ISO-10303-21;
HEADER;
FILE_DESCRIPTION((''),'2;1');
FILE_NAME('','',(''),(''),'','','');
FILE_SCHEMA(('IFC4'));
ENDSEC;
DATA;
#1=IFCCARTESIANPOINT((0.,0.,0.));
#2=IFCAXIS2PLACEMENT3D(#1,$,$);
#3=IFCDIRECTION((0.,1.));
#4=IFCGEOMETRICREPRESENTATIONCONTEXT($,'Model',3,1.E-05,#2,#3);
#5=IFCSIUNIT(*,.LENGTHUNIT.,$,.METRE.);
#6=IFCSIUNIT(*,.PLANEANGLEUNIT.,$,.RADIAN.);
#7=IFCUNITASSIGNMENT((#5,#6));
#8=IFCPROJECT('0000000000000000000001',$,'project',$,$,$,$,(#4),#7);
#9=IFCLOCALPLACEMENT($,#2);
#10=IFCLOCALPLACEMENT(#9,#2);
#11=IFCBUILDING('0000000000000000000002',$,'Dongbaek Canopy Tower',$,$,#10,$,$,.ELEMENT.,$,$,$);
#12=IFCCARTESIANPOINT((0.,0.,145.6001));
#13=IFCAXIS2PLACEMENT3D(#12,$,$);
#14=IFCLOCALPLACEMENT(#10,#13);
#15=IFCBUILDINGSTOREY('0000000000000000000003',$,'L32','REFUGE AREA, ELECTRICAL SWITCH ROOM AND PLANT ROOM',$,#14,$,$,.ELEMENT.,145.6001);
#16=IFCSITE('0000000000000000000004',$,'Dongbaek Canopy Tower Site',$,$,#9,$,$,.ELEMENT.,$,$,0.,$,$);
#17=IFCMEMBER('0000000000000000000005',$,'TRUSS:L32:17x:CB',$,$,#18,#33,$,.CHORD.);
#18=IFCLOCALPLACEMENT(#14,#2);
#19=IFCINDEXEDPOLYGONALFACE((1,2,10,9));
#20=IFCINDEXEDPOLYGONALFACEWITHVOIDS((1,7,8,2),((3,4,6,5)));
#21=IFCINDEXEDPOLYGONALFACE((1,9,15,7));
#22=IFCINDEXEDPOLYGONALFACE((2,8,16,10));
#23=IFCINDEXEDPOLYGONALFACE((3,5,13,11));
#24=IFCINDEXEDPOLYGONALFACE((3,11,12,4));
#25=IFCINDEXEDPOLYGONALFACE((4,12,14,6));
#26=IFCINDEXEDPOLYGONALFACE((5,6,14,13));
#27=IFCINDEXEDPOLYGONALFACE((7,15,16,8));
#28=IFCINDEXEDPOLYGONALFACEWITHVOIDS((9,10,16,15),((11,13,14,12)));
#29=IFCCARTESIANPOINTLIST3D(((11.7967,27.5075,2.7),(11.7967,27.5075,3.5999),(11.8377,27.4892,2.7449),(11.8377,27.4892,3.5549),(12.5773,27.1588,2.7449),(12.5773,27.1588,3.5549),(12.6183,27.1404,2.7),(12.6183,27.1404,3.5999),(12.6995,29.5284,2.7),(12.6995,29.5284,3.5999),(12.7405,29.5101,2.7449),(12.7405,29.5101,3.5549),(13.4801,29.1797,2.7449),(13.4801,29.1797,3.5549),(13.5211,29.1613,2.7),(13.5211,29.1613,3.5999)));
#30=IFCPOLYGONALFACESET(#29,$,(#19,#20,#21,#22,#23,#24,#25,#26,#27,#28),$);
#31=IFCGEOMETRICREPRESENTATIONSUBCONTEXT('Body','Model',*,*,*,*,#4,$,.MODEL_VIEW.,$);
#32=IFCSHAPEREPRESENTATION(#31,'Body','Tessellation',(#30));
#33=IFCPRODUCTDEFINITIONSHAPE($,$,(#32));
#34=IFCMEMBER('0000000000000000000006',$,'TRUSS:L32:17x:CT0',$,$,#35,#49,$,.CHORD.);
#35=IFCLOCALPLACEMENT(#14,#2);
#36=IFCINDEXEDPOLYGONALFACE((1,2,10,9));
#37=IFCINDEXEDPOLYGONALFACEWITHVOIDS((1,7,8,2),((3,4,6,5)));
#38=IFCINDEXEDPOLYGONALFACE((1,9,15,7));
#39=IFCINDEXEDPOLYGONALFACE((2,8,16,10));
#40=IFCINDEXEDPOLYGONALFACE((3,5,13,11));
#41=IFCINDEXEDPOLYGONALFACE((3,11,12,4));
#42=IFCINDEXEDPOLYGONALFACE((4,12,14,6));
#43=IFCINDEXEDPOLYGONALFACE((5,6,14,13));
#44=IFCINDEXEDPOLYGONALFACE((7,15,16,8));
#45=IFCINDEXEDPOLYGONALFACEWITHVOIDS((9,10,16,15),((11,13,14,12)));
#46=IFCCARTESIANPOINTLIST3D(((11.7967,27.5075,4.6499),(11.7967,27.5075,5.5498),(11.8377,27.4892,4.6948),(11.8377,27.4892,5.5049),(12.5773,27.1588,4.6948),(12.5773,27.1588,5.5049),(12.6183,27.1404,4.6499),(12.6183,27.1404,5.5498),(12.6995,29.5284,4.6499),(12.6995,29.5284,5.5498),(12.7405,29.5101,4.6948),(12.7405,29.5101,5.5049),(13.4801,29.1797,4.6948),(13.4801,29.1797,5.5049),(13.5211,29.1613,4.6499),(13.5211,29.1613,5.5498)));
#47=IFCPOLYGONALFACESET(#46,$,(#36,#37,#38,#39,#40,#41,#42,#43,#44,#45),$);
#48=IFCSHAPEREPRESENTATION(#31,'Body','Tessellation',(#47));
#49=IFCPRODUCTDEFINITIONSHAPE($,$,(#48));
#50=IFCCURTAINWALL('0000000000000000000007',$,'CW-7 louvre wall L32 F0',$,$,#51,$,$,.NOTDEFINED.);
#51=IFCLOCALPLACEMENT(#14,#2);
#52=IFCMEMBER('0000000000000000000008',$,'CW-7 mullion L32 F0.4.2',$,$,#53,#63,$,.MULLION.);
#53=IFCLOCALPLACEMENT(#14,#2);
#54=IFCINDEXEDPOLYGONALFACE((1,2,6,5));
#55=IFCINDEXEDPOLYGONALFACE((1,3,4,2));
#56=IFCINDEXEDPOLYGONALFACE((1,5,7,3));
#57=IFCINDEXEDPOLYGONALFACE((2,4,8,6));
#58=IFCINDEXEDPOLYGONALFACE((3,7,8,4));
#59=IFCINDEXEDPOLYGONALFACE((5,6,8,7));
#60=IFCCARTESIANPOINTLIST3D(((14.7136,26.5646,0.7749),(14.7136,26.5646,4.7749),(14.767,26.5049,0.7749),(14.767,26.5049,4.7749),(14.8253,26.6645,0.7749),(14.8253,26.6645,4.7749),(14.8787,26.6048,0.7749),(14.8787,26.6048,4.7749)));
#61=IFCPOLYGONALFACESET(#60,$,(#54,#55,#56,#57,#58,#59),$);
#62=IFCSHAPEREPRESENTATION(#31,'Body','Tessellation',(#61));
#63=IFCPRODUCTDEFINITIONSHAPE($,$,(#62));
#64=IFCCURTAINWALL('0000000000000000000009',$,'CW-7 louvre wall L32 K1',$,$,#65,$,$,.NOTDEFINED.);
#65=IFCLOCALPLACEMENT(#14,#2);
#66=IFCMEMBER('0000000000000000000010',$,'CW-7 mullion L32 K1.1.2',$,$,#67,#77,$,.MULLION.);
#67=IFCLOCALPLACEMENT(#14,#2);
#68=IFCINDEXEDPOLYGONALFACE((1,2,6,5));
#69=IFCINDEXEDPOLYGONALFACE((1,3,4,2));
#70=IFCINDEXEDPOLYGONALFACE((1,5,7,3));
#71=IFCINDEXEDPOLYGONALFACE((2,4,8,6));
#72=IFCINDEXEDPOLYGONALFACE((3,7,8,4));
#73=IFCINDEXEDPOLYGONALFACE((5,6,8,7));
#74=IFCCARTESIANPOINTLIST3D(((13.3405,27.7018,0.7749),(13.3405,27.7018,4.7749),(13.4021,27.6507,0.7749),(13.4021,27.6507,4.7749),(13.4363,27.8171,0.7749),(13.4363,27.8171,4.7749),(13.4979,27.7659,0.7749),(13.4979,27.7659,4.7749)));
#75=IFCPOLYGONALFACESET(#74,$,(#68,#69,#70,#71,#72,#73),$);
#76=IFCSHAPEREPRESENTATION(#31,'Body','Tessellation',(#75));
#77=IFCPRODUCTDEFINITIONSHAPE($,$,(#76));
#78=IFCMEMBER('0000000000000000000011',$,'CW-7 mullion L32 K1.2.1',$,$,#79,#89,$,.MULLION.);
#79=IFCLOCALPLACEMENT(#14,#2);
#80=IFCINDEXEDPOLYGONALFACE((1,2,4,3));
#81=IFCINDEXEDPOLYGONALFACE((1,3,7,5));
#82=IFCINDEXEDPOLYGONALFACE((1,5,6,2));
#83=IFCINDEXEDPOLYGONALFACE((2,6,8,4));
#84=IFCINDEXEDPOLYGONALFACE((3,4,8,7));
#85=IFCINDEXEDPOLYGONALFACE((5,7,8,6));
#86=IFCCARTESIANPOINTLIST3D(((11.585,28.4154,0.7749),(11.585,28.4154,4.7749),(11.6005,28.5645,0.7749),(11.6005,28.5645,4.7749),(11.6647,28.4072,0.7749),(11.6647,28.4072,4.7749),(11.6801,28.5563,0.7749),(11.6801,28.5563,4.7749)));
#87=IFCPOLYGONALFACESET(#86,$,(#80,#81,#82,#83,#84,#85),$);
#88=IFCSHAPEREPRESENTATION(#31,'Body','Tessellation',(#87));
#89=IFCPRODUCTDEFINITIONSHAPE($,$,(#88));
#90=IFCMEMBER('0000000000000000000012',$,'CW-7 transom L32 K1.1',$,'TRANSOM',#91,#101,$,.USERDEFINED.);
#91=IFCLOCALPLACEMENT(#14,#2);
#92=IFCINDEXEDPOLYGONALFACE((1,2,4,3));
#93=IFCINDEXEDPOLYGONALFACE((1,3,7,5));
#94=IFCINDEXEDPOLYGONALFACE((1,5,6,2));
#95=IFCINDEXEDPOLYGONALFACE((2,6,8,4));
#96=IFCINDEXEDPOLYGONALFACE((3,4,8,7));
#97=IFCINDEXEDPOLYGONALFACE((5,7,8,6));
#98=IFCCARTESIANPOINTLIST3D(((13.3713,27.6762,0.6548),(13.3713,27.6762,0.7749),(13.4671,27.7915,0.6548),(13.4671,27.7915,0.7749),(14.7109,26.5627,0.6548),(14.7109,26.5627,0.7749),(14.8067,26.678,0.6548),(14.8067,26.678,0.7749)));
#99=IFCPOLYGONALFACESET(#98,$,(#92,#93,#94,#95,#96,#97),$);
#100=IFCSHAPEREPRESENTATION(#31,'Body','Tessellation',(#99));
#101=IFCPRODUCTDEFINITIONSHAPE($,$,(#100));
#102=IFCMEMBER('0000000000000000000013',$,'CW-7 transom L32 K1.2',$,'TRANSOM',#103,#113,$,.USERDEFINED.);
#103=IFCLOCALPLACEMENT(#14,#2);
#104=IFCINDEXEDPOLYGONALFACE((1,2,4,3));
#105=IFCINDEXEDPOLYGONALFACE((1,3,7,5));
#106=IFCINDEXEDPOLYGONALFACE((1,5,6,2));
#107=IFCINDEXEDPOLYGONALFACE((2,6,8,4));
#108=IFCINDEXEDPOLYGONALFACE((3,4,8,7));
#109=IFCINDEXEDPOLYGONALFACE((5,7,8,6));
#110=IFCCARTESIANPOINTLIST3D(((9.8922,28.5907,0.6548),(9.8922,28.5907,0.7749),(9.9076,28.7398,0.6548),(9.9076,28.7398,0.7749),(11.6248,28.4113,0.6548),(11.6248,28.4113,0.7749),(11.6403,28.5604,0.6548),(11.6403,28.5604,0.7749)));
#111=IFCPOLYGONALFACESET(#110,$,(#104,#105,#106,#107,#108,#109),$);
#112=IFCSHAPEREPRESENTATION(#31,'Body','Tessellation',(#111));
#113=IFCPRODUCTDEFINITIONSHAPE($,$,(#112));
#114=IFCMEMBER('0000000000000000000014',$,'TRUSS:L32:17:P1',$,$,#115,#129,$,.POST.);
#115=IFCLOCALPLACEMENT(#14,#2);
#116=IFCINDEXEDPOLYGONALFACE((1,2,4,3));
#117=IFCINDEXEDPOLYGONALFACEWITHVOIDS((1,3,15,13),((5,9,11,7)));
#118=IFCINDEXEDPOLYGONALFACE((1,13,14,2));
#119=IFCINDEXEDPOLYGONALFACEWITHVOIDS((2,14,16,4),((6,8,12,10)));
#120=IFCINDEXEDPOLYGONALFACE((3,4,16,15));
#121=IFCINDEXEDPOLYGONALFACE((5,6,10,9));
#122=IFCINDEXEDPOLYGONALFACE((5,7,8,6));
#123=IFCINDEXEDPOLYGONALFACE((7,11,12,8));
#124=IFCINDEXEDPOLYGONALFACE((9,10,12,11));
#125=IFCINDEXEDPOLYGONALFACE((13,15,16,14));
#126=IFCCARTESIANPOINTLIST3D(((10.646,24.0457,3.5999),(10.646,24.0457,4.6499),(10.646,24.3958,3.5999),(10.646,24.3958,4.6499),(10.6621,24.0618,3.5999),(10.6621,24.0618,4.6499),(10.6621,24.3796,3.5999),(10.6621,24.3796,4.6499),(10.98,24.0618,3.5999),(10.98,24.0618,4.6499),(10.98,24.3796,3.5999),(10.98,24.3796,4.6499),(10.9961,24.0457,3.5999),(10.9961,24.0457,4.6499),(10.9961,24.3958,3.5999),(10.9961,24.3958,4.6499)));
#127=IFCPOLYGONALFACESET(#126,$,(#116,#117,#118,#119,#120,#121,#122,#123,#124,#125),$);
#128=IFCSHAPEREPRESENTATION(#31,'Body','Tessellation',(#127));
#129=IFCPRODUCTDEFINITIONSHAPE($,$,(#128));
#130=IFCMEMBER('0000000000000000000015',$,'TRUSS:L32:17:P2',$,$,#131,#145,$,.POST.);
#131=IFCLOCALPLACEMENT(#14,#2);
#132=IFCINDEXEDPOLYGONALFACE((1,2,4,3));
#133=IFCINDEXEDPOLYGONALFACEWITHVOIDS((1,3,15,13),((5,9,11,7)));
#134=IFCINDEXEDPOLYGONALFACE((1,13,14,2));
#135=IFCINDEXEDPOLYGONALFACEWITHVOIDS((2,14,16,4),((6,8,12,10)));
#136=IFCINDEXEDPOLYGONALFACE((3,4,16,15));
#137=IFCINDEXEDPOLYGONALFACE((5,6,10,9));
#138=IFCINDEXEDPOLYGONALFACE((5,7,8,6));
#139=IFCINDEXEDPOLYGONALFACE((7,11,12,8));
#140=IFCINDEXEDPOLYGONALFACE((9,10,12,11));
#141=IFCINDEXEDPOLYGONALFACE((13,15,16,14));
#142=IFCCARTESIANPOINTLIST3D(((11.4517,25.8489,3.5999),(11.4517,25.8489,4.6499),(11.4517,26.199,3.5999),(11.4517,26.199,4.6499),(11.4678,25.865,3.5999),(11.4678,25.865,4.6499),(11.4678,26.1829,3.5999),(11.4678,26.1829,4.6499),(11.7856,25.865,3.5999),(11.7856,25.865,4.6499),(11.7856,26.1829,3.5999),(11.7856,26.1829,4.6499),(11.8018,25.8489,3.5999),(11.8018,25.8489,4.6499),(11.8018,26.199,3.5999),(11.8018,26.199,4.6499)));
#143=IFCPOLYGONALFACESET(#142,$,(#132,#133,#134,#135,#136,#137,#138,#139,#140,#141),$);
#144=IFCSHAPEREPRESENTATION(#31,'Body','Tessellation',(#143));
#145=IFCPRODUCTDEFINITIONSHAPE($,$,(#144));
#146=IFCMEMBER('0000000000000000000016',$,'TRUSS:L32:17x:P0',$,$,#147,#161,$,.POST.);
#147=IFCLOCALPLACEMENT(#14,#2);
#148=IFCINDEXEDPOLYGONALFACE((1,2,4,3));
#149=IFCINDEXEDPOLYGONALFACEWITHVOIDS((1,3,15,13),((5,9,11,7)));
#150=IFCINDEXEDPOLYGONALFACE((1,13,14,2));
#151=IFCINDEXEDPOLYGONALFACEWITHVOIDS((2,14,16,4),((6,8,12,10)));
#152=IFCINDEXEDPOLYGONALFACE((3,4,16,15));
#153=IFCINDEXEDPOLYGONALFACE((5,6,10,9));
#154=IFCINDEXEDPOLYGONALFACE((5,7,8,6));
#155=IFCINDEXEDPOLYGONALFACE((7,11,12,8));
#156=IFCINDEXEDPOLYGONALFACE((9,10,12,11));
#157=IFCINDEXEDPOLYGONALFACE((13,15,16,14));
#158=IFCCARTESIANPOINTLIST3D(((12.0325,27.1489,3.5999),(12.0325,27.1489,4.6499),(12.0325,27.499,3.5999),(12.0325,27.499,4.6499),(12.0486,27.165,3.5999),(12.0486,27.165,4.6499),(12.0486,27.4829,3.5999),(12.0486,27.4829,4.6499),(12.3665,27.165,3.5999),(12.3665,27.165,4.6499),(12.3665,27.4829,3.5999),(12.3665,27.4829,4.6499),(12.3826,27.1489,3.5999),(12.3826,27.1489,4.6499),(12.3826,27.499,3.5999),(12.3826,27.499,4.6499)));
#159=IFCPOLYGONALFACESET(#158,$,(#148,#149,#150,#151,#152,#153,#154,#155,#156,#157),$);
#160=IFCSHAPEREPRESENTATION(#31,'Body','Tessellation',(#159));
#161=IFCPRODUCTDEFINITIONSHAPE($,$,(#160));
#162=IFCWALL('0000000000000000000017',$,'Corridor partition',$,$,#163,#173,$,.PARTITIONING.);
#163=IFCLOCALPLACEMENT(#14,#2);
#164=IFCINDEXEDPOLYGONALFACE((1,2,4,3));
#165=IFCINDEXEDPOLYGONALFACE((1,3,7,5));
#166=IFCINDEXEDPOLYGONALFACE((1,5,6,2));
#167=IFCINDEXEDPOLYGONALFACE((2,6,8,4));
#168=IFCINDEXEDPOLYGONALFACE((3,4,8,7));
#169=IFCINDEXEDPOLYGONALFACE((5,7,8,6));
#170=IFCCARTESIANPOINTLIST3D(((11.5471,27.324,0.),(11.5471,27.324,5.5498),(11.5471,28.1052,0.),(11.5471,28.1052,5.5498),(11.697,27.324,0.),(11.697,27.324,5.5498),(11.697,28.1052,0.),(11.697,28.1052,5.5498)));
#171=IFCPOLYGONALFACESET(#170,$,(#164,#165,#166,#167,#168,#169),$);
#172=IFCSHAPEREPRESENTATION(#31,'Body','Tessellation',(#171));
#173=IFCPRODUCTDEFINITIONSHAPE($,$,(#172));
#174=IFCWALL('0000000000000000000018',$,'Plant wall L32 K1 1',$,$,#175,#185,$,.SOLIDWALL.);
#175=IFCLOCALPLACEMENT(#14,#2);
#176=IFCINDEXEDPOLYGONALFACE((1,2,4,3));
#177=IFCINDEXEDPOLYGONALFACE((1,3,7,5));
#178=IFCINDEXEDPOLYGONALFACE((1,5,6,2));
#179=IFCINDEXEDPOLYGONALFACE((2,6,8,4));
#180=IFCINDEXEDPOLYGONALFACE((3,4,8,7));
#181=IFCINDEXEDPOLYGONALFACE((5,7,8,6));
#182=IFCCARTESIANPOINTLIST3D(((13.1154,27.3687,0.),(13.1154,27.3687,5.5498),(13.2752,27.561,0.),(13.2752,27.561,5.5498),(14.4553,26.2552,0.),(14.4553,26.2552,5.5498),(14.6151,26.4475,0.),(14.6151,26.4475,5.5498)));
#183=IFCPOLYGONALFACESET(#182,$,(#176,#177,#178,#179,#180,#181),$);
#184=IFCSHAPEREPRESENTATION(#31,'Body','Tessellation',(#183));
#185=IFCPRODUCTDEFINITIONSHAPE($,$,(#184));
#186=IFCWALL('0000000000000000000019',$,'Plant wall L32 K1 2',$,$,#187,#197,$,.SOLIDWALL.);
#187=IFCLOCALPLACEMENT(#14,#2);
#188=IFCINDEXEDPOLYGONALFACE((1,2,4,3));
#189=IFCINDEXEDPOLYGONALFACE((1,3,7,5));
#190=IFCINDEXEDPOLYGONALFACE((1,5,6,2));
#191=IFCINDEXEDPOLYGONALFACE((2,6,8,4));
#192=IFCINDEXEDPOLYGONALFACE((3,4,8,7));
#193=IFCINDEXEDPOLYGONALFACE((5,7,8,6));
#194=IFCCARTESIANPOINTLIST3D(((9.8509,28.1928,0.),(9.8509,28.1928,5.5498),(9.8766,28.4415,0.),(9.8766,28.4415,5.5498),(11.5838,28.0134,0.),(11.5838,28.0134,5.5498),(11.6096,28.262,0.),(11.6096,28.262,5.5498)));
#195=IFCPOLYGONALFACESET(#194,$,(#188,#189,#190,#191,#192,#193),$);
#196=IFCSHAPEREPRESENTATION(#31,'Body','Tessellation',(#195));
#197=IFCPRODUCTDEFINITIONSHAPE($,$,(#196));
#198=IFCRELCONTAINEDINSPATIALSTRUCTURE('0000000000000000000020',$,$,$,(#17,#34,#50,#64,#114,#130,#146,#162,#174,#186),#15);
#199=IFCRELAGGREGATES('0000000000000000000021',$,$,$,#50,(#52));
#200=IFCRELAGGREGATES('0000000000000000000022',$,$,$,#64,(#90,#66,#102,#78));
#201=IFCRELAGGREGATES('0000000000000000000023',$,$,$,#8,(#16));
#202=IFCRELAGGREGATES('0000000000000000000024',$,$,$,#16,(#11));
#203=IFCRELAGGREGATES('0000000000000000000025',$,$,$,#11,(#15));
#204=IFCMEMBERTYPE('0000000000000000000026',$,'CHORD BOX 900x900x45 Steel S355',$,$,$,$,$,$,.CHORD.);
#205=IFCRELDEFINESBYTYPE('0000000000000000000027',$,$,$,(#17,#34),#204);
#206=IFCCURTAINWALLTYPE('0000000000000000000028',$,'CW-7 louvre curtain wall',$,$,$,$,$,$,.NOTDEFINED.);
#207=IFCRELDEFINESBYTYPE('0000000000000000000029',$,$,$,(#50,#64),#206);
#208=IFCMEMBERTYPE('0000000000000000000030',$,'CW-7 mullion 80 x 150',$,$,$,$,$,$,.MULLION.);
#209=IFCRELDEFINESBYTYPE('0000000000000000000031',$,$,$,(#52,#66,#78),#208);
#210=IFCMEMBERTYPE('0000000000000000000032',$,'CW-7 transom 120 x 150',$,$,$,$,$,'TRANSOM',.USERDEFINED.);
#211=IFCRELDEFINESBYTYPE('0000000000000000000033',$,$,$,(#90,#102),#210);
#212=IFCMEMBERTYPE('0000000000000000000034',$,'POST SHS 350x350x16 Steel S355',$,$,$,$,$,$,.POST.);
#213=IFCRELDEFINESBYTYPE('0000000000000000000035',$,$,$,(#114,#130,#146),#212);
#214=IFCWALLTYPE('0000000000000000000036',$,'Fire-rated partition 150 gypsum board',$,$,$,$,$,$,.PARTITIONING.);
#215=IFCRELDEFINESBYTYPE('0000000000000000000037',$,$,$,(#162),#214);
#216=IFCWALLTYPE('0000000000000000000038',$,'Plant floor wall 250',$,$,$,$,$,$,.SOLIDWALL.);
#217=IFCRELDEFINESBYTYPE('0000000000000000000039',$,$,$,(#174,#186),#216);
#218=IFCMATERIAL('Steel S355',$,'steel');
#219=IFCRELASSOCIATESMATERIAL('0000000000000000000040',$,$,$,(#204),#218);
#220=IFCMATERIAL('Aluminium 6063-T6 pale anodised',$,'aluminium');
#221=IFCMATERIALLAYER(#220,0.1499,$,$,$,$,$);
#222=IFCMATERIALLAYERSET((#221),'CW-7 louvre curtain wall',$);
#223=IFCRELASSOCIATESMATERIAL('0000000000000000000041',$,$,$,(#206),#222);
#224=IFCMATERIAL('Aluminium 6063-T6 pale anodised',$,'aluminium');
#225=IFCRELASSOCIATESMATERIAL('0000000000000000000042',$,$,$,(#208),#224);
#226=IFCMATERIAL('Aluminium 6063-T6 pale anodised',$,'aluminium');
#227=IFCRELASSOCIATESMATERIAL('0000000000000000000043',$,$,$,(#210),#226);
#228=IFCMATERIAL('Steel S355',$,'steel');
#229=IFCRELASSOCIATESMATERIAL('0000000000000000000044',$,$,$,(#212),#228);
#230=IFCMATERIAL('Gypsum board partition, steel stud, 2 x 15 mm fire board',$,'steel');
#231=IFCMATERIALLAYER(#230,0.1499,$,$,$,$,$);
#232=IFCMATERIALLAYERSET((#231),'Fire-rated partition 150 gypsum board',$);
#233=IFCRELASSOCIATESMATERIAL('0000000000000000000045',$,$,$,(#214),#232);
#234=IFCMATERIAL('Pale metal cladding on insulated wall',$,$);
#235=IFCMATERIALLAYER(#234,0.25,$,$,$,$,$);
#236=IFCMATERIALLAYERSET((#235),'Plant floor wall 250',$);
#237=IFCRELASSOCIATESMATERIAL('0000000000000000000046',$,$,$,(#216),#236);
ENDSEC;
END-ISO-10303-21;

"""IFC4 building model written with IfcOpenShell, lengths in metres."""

from ifc_helpers import new_model, si_unit, direction, frame, frame_2d, origin, origin_2d, place, context, subcontext, project, spatial, rectangle, hollow_rectangle, extrude, material, layer, layer_set, material_profile, profile_set, type_object, element, aggregate, save


model = new_model("IFC4")

# Units and contexts
model_context = context("Model", 3, precision=1e-05, world=origin(), true_north=direction((0.0, 1.0)))
body_context = subcontext(model_context, "Body", "Model", "MODEL_VIEW")
ifc_project = project(units=[si_unit("LENGTHUNIT", "METRE"), si_unit("PLANEANGLEUNIT", "RADIAN")], contexts=[model_context])

# Site, building, storey
site_placement = place(None, origin())
site = spatial("IfcSite", under=ifc_project, at=site_placement, Name="Dongbaek Canopy Tower Site", CompositionType="ELEMENT", RefElevation=0.0)
building_placement = place(site_placement, origin())
building = spatial("IfcBuilding", under=site, at=building_placement, Name="Dongbaek Canopy Tower", CompositionType="ELEMENT")
storey_placement = place(building_placement, frame((0.0, 0.0, 145.6001)))
storey = spatial("IfcBuildingStorey", under=building, at=storey_placement, Name="L32", Description="REFUGE AREA, ELECTRICAL SWITCH ROOM AND PLANT ROOM", CompositionType="ELEMENT", Elevation=145.6001)

# Members
ifc_material_1 = material(Name="Steel S355", Category="steel")
ifc_material_profile_1 = material_profile(ifc_material_1, hollow_rectangle(XDim=0.8999, YDim=0.8999, WallThickness=0.0449, at=origin_2d()), Name="CHORD BOX 900x900x45 Steel S355")
ifc_profile_set_1 = profile_set([ifc_material_profile_1], Name="Steel S355")
member_type_1 = type_object("IfcMemberType", Name="CHORD BOX 900x900x45 Steel S355", PredefinedType="CHORD", material=ifc_profile_set_1)
for number, where, z_axis, x_axis, name in (
    (1, (12.2075, 27.324, 3.1499), (0.407877, 0.913037, 0.0), (-0.913037, 0.407877, 0.0), "TRUSS:L32:17x:CB"),
    (2, (12.2075, 27.324, 5.0999), (0.407877, 0.913037, 0.0), (-0.913037, 0.407877, 0.0), "TRUSS:L32:17x:CT0"),
):
    element("IfcMember", number, at=place(storey_placement, frame(where, z_axis=z_axis, x_axis=x_axis)), inside=storey, type_object=member_type_1, Name=name, PredefinedType="CHORD", context=body_context, shape_type="SweptSolid", body=[
        extrude(hollow_rectangle(XDim=0.8999, YDim=0.8999, WallThickness=0.0449, at=origin_2d()), origin(), (0.0, 0.0, 1.0), 2.2134),
    ])

# Curtain wall, member
ifc_material_2 = material(Name="Aluminium 6063-T6 pale anodised", Category="aluminium")
ifc_layer_1 = layer(ifc_material_2, 0.1499)
ifc_layer_set_1 = layer_set([ifc_layer_1], Name="CW-7 louvre curtain wall")
curtain_wall_type = type_object("IfcCurtainWallType", Name="CW-7 louvre curtain wall", PredefinedType="NOTDEFINED", material=ifc_layer_set_1)
curtain_wall_1_placement = place(storey_placement, origin())
curtain_wall_1 = element("IfcCurtainWall", 3, at=curtain_wall_1_placement, inside=storey, type_object=curtain_wall_type, Name="CW-7 louvre wall L32 F0", PredefinedType="NOTDEFINED")
ifc_material_3 = material(Name="Aluminium 6063-T6 pale anodised", Category="aluminium")
ifc_material_profile_2 = material_profile(ifc_material_3, rectangle(XDim=0.1499, YDim=0.0801, at=origin_2d()), Name="CW-7 mullion 80 x 150")
ifc_profile_set_2 = profile_set([ifc_material_profile_2], Name="Aluminium 6063-T6 pale anodised")
member_type_2 = type_object("IfcMemberType", Name="CW-7 mullion 80 x 150", PredefinedType="MULLION", material=ifc_profile_set_2)
member_1_placement = place(storey_placement, frame((14.7961, 26.5847, 0.7749), z_axis=(0.0, 0.0, 1.0), x_axis=(0.745312, 0.666716, 0.0)))
member_1 = element("IfcMember", 4, at=member_1_placement, type_object=member_type_2, Name="CW-7 mullion L32 F0.4.2", PredefinedType="MULLION", context=body_context, shape_type="SweptSolid", body=[
    extrude(rectangle(XDim=0.1499, YDim=0.0801, at=origin_2d()), origin(), (0.0, 0.0, 1.0), 4.0),
])

# Curtain wall, members
curtain_wall_2_placement = place(storey_placement, origin())
curtain_wall_2 = element("IfcCurtainWall", 5, at=curtain_wall_2_placement, inside=storey, type_object=curtain_wall_type, Name="CW-7 louvre wall L32 K1", PredefinedType="NOTDEFINED")
member_2_placement = place(storey_placement, frame((13.4192, 27.7339, 0.7749), z_axis=(0.0, 0.0, 1.0), x_axis=(0.639186, 0.769052, 0.0)))
member_2 = element("IfcMember", 6, at=member_2_placement, type_object=member_type_2, Name="CW-7 mullion L32 K1.1.2", PredefinedType="MULLION", context=body_context, shape_type="SweptSolid", body=[
    extrude(rectangle(XDim=0.1499, YDim=0.0801, at=origin_2d()), origin(), (0.0, 0.0, 1.0), 4.0),
])
member_3_placement = place(storey_placement, frame((11.6326, 28.4858, 0.7749), z_axis=(0.0, 0.0, 1.0), x_axis=(0.103005, 0.994681, 0.0)))
member_3 = element("IfcMember", 7, at=member_3_placement, type_object=member_type_2, Name="CW-7 mullion L32 K1.2.1", PredefinedType="MULLION", context=body_context, shape_type="SweptSolid", body=[
    extrude(rectangle(XDim=0.1499, YDim=0.0801, at=origin_2d()), origin(), (0.0, 0.0, 1.0), 4.0),
])
ifc_material_4 = material(Name="Aluminium 6063-T6 pale anodised", Category="aluminium")
ifc_material_profile_3 = material_profile(ifc_material_4, rectangle(XDim=0.1499, YDim=0.1201, at=origin_2d()), Name="CW-7 transom 120 x 150")
ifc_profile_set_3 = profile_set([ifc_material_profile_3], Name="Aluminium 6063-T6 pale anodised")
member_type_3 = type_object("IfcMemberType", Name="CW-7 transom 120 x 150", ElementType="TRANSOM", PredefinedType="USERDEFINED", material=ifc_profile_set_3)
member_4_placement = place(storey_placement, frame((14.7588, 26.6204, 0.7148), z_axis=(-0.769013, 0.639233, 0.0), x_axis=(-0.639233, -0.769013, 0.0)))
member_4 = element("IfcMember", 8, at=member_4_placement, type_object=member_type_3, Name="CW-7 transom L32 K1.1", ObjectType="TRANSOM", PredefinedType="USERDEFINED", context=body_context, shape_type="SweptSolid", body=[
    extrude(rectangle(XDim=0.1499, YDim=0.1201, at=origin_2d()), origin(), (0.0, 0.0, 1.0), 1.7419),
])
member_5_placement = place(storey_placement, frame((11.6326, 28.4858, 0.7148), z_axis=(-0.99468, 0.103014, 0.0), x_axis=(-0.103014, -0.99468, 0.0)))
member_5 = element("IfcMember", 9, at=member_5_placement, type_object=member_type_3, Name="CW-7 transom L32 K1.2", ObjectType="TRANSOM", PredefinedType="USERDEFINED", context=body_context, shape_type="SweptSolid", body=[
    extrude(rectangle(XDim=0.1499, YDim=0.1201, at=origin_2d()), origin(), (0.0, 0.0, 1.0), 1.7419),
])

# Members
ifc_material_5 = material(Name="Steel S355", Category="steel")
ifc_material_profile_4 = material_profile(ifc_material_5, hollow_rectangle(XDim=0.3501, YDim=0.3501, WallThickness=0.0161, at=origin_2d()), Name="POST SHS 350x350x16 Steel S355")
ifc_profile_set_4 = profile_set([ifc_material_profile_4], Name="Steel S355")
member_type_4 = type_object("IfcMemberType", Name="POST SHS 350x350x16 Steel S355", PredefinedType="POST", material=ifc_profile_set_4)
for number, where, z_axis, x_axis, name in (
    (10, (10.821, 24.2207, 3.5999), (0.0, 0.0, 1.0), (1.0, 0.0, 0.0), "TRUSS:L32:17:P1"),
    (11, (11.6267, 26.0239, 3.5999), (0.0, 0.0, 1.0), (1.0, 0.0, 0.0), "TRUSS:L32:17:P2"),
    (12, (12.2075, 27.324, 3.5999), (0.0, 0.0, 1.0), (1.0, 0.0, 0.0), "TRUSS:L32:17x:P0"),
):
    element("IfcMember", number, at=place(storey_placement, frame(where, z_axis=z_axis, x_axis=x_axis)), inside=storey, type_object=member_type_4, Name=name, PredefinedType="POST", context=body_context, shape_type="SweptSolid", body=[
        extrude(hollow_rectangle(XDim=0.3501, YDim=0.3501, WallThickness=0.0161, at=origin_2d()), origin(), (0.0, 0.0, 1.0), 1.05),
    ])

# Walls
ifc_material_6 = material(Name="Gypsum board partition, steel stud, 2 x 15 mm fire board", Category="steel")
ifc_layer_2 = layer(ifc_material_6, 0.1499)
ifc_layer_set_2 = layer_set([ifc_layer_2], Name="Fire-rated partition 150 gypsum board")
wall_type_1 = type_object("IfcWallType", Name="Fire-rated partition 150 gypsum board", PredefinedType="PARTITIONING", material=ifc_layer_set_2)
wall_placement = place(storey_placement, frame((11.6221, 27.324, 0.0), z_axis=(0.0, 0.0, 1.0), x_axis=(0.0, 1.0, 0.0)))
element("IfcWall", 13, at=wall_placement, inside=storey, type_object=wall_type_1, Name="Corridor partition", PredefinedType="PARTITIONING", context=body_context, shape_type="SweptSolid", body=[
    extrude(rectangle(XDim=0.7812, YDim=0.1499, at=frame_2d((0.3906, 0.0))), origin(), (0.0, 0.0, 1.0), 5.5498),
])
ifc_material_7 = material(Name="Pale metal cladding on insulated wall")
ifc_layer_3 = layer(ifc_material_7, 0.25)
ifc_layer_set_3 = layer_set([ifc_layer_3], Name="Plant floor wall 250")
wall_type_2 = type_object("IfcWallType", Name="Plant floor wall 250", PredefinedType="SOLIDWALL", material=ifc_layer_set_3)
for number, where, z_axis, x_axis, name in (
    (14, (14.5352, 26.3513, 0.0), (0.0, 0.0, 1.0), (-0.769071, 0.639164, 0.0), "Plant wall L32 K1 1"),
    (15, (11.5967, 28.1377, 0.0), (0.0, 0.0, 1.0), (-0.994681, 0.103, 0.0), "Plant wall L32 K1 2"),
):
    element("IfcWall", number, at=place(storey_placement, frame(where, z_axis=z_axis, x_axis=x_axis)), inside=storey, type_object=wall_type_2, Name=name, PredefinedType="SOLIDWALL", context=body_context, shape_type="SweptSolid", body=[
        extrude(rectangle(XDim=1.7422, YDim=0.25, at=frame_2d((0.8711, 0.0))), origin(), (0.0, 0.0, 1.0), 5.5498),
    ])

aggregate(curtain_wall_1, [member_1])
aggregate(curtain_wall_2, [member_4, member_2, member_5, member_3])

save(model, "model.ifc")
